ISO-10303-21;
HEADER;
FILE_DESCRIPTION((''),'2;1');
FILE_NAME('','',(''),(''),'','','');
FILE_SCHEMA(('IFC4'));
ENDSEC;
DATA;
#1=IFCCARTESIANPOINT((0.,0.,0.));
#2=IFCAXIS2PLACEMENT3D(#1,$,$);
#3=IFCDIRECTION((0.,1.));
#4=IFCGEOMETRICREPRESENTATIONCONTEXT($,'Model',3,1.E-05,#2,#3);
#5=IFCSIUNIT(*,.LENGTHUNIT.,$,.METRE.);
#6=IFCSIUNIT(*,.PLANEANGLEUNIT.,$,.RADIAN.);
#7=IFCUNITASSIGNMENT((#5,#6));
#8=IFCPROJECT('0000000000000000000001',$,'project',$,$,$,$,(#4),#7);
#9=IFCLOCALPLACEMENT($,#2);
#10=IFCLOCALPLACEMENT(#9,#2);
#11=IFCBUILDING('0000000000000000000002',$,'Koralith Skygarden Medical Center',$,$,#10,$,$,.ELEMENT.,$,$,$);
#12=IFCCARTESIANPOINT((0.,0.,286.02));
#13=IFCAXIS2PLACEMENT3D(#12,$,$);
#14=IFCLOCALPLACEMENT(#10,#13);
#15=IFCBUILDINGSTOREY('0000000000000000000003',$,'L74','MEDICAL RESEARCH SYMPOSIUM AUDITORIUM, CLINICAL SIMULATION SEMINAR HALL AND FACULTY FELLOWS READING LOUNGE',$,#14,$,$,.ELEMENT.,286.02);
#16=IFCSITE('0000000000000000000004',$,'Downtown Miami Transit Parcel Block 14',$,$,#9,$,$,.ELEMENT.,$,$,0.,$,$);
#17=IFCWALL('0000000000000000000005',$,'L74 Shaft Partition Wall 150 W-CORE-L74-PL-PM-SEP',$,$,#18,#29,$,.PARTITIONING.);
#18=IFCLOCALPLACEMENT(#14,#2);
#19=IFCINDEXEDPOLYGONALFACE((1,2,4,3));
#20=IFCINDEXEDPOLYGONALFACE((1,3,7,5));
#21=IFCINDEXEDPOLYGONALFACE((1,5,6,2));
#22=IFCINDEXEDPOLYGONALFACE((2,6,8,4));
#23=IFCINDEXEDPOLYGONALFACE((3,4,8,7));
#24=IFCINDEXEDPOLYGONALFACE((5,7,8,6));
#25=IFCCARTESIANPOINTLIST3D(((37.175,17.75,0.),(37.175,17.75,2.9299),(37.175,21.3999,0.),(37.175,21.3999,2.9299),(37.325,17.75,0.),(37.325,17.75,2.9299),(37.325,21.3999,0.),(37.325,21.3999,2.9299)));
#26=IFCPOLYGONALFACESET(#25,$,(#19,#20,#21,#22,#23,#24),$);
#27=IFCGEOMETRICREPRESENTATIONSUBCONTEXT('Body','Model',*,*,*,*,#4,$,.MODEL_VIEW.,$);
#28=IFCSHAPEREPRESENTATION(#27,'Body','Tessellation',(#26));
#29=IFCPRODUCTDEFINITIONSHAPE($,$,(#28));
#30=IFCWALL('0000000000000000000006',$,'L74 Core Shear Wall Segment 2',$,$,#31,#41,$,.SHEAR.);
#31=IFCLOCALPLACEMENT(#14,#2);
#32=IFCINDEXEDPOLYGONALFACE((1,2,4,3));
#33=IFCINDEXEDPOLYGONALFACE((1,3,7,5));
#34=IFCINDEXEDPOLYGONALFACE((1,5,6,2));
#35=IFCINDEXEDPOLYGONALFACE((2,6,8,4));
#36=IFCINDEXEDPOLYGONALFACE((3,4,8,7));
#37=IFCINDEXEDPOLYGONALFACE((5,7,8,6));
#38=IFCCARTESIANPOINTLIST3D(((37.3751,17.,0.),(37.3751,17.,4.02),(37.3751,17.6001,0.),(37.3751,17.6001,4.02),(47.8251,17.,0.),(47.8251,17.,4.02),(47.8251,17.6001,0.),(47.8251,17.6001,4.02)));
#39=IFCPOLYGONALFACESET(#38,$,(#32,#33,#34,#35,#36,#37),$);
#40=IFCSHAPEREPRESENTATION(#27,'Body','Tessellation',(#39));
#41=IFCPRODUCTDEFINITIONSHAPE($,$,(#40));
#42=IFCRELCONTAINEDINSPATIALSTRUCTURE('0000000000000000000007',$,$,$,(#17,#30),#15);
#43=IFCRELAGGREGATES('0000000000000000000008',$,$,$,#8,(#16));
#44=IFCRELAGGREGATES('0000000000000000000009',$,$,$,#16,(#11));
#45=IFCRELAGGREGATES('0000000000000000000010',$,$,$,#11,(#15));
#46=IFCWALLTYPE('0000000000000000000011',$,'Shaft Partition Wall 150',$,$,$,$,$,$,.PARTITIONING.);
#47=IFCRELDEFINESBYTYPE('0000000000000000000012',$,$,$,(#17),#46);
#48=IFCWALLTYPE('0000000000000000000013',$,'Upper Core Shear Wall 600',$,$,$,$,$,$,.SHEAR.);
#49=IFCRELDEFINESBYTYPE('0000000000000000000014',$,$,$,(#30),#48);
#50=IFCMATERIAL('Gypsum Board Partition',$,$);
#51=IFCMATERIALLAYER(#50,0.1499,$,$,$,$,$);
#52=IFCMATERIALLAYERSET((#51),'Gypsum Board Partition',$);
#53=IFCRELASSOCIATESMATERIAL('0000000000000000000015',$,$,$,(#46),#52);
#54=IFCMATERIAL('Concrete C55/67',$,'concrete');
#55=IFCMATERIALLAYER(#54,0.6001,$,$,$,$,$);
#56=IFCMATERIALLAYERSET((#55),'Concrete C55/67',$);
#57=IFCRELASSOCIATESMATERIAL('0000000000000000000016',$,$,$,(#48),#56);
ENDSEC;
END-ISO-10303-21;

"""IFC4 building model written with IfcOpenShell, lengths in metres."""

from ifc_helpers import new_model, si_unit, direction, frame, frame_2d, origin, place, context, subcontext, project, spatial, rectangle, extrude, material, layer, layer_set, type_object, element, save


model = new_model("IFC4")

# Units and contexts
model_context = context("Model", 3, precision=1e-05, world=origin(), true_north=direction((0.0, 1.0)))
body_context = subcontext(model_context, "Body", "Model", "MODEL_VIEW")
ifc_project = project(units=[si_unit("LENGTHUNIT", "METRE"), si_unit("PLANEANGLEUNIT", "RADIAN")], contexts=[model_context])

# Site, building, storey
site_placement = place(None, origin())
site = spatial("IfcSite", under=ifc_project, at=site_placement, Name="Downtown Miami Transit Parcel Block 14", CompositionType="ELEMENT", RefElevation=0.0)
building_placement = place(site_placement, origin())
building = spatial("IfcBuilding", under=site, at=building_placement, Name="Koralith Skygarden Medical Center", CompositionType="ELEMENT")
storey_placement = place(building_placement, frame((0.0, 0.0, 286.02)))
storey = spatial("IfcBuildingStorey", under=building, at=storey_placement, Name="L74", Description="MEDICAL RESEARCH SYMPOSIUM AUDITORIUM, CLINICAL SIMULATION SEMINAR HALL AND FACULTY FELLOWS READING LOUNGE", CompositionType="ELEMENT", Elevation=286.02)

# Shared definitions
ifc_material_1 = material(Name="Concrete C55/67", Category="concrete")

# Shared definitions
ifc_material_2 = material(Name="Gypsum Board Partition")

# Walls
ifc_layer_1 = layer(ifc_material_2, 0.1499)
ifc_layer_set_1 = layer_set([ifc_layer_1], Name="Gypsum Board Partition")
wall_type_1 = type_object("IfcWallType", Name="Shaft Partition Wall 150", PredefinedType="PARTITIONING", material=ifc_layer_set_1)
wall_1_placement = place(storey_placement, frame((37.25, 17.75, 0.0), z_axis=(0.0, 0.0, 1.0), x_axis=(0.0, 1.0, 0.0)))
element("IfcWall", 1, at=wall_1_placement, inside=storey, type_object=wall_type_1, Name="L74 Shaft Partition Wall 150 W-CORE-L74-PL-PM-SEP", PredefinedType="PARTITIONING", context=body_context, shape_type="SweptSolid", body=[
    extrude(rectangle(XDim=3.6499, YDim=0.1499, at=frame_2d((1.825, 0.0))), origin(), (0.0, 0.0, 1.0), 2.9299),
])
ifc_layer_2 = layer(ifc_material_1, 0.6001)
ifc_layer_set_2 = layer_set([ifc_layer_2], Name="Concrete C55/67")
wall_type_2 = type_object("IfcWallType", Name="Upper Core Shear Wall 600", PredefinedType="SHEAR", material=ifc_layer_set_2)
wall_2_placement = place(storey_placement, frame((37.375, 17.3, 0.0), z_axis=(0.0, 0.0, 1.0), x_axis=(1.0, 0.0, 0.0)))
element("IfcWall", 2, at=wall_2_placement, inside=storey, type_object=wall_type_2, Name="L74 Core Shear Wall Segment 2", PredefinedType="SHEAR", context=body_context, shape_type="SweptSolid", body=[
    extrude(rectangle(XDim=10.45, YDim=0.6001, at=frame_2d((5.2251, 0.0))), origin(), (0.0, 0.0, 1.0), 4.02),
])

save(model, "model.ifc")
